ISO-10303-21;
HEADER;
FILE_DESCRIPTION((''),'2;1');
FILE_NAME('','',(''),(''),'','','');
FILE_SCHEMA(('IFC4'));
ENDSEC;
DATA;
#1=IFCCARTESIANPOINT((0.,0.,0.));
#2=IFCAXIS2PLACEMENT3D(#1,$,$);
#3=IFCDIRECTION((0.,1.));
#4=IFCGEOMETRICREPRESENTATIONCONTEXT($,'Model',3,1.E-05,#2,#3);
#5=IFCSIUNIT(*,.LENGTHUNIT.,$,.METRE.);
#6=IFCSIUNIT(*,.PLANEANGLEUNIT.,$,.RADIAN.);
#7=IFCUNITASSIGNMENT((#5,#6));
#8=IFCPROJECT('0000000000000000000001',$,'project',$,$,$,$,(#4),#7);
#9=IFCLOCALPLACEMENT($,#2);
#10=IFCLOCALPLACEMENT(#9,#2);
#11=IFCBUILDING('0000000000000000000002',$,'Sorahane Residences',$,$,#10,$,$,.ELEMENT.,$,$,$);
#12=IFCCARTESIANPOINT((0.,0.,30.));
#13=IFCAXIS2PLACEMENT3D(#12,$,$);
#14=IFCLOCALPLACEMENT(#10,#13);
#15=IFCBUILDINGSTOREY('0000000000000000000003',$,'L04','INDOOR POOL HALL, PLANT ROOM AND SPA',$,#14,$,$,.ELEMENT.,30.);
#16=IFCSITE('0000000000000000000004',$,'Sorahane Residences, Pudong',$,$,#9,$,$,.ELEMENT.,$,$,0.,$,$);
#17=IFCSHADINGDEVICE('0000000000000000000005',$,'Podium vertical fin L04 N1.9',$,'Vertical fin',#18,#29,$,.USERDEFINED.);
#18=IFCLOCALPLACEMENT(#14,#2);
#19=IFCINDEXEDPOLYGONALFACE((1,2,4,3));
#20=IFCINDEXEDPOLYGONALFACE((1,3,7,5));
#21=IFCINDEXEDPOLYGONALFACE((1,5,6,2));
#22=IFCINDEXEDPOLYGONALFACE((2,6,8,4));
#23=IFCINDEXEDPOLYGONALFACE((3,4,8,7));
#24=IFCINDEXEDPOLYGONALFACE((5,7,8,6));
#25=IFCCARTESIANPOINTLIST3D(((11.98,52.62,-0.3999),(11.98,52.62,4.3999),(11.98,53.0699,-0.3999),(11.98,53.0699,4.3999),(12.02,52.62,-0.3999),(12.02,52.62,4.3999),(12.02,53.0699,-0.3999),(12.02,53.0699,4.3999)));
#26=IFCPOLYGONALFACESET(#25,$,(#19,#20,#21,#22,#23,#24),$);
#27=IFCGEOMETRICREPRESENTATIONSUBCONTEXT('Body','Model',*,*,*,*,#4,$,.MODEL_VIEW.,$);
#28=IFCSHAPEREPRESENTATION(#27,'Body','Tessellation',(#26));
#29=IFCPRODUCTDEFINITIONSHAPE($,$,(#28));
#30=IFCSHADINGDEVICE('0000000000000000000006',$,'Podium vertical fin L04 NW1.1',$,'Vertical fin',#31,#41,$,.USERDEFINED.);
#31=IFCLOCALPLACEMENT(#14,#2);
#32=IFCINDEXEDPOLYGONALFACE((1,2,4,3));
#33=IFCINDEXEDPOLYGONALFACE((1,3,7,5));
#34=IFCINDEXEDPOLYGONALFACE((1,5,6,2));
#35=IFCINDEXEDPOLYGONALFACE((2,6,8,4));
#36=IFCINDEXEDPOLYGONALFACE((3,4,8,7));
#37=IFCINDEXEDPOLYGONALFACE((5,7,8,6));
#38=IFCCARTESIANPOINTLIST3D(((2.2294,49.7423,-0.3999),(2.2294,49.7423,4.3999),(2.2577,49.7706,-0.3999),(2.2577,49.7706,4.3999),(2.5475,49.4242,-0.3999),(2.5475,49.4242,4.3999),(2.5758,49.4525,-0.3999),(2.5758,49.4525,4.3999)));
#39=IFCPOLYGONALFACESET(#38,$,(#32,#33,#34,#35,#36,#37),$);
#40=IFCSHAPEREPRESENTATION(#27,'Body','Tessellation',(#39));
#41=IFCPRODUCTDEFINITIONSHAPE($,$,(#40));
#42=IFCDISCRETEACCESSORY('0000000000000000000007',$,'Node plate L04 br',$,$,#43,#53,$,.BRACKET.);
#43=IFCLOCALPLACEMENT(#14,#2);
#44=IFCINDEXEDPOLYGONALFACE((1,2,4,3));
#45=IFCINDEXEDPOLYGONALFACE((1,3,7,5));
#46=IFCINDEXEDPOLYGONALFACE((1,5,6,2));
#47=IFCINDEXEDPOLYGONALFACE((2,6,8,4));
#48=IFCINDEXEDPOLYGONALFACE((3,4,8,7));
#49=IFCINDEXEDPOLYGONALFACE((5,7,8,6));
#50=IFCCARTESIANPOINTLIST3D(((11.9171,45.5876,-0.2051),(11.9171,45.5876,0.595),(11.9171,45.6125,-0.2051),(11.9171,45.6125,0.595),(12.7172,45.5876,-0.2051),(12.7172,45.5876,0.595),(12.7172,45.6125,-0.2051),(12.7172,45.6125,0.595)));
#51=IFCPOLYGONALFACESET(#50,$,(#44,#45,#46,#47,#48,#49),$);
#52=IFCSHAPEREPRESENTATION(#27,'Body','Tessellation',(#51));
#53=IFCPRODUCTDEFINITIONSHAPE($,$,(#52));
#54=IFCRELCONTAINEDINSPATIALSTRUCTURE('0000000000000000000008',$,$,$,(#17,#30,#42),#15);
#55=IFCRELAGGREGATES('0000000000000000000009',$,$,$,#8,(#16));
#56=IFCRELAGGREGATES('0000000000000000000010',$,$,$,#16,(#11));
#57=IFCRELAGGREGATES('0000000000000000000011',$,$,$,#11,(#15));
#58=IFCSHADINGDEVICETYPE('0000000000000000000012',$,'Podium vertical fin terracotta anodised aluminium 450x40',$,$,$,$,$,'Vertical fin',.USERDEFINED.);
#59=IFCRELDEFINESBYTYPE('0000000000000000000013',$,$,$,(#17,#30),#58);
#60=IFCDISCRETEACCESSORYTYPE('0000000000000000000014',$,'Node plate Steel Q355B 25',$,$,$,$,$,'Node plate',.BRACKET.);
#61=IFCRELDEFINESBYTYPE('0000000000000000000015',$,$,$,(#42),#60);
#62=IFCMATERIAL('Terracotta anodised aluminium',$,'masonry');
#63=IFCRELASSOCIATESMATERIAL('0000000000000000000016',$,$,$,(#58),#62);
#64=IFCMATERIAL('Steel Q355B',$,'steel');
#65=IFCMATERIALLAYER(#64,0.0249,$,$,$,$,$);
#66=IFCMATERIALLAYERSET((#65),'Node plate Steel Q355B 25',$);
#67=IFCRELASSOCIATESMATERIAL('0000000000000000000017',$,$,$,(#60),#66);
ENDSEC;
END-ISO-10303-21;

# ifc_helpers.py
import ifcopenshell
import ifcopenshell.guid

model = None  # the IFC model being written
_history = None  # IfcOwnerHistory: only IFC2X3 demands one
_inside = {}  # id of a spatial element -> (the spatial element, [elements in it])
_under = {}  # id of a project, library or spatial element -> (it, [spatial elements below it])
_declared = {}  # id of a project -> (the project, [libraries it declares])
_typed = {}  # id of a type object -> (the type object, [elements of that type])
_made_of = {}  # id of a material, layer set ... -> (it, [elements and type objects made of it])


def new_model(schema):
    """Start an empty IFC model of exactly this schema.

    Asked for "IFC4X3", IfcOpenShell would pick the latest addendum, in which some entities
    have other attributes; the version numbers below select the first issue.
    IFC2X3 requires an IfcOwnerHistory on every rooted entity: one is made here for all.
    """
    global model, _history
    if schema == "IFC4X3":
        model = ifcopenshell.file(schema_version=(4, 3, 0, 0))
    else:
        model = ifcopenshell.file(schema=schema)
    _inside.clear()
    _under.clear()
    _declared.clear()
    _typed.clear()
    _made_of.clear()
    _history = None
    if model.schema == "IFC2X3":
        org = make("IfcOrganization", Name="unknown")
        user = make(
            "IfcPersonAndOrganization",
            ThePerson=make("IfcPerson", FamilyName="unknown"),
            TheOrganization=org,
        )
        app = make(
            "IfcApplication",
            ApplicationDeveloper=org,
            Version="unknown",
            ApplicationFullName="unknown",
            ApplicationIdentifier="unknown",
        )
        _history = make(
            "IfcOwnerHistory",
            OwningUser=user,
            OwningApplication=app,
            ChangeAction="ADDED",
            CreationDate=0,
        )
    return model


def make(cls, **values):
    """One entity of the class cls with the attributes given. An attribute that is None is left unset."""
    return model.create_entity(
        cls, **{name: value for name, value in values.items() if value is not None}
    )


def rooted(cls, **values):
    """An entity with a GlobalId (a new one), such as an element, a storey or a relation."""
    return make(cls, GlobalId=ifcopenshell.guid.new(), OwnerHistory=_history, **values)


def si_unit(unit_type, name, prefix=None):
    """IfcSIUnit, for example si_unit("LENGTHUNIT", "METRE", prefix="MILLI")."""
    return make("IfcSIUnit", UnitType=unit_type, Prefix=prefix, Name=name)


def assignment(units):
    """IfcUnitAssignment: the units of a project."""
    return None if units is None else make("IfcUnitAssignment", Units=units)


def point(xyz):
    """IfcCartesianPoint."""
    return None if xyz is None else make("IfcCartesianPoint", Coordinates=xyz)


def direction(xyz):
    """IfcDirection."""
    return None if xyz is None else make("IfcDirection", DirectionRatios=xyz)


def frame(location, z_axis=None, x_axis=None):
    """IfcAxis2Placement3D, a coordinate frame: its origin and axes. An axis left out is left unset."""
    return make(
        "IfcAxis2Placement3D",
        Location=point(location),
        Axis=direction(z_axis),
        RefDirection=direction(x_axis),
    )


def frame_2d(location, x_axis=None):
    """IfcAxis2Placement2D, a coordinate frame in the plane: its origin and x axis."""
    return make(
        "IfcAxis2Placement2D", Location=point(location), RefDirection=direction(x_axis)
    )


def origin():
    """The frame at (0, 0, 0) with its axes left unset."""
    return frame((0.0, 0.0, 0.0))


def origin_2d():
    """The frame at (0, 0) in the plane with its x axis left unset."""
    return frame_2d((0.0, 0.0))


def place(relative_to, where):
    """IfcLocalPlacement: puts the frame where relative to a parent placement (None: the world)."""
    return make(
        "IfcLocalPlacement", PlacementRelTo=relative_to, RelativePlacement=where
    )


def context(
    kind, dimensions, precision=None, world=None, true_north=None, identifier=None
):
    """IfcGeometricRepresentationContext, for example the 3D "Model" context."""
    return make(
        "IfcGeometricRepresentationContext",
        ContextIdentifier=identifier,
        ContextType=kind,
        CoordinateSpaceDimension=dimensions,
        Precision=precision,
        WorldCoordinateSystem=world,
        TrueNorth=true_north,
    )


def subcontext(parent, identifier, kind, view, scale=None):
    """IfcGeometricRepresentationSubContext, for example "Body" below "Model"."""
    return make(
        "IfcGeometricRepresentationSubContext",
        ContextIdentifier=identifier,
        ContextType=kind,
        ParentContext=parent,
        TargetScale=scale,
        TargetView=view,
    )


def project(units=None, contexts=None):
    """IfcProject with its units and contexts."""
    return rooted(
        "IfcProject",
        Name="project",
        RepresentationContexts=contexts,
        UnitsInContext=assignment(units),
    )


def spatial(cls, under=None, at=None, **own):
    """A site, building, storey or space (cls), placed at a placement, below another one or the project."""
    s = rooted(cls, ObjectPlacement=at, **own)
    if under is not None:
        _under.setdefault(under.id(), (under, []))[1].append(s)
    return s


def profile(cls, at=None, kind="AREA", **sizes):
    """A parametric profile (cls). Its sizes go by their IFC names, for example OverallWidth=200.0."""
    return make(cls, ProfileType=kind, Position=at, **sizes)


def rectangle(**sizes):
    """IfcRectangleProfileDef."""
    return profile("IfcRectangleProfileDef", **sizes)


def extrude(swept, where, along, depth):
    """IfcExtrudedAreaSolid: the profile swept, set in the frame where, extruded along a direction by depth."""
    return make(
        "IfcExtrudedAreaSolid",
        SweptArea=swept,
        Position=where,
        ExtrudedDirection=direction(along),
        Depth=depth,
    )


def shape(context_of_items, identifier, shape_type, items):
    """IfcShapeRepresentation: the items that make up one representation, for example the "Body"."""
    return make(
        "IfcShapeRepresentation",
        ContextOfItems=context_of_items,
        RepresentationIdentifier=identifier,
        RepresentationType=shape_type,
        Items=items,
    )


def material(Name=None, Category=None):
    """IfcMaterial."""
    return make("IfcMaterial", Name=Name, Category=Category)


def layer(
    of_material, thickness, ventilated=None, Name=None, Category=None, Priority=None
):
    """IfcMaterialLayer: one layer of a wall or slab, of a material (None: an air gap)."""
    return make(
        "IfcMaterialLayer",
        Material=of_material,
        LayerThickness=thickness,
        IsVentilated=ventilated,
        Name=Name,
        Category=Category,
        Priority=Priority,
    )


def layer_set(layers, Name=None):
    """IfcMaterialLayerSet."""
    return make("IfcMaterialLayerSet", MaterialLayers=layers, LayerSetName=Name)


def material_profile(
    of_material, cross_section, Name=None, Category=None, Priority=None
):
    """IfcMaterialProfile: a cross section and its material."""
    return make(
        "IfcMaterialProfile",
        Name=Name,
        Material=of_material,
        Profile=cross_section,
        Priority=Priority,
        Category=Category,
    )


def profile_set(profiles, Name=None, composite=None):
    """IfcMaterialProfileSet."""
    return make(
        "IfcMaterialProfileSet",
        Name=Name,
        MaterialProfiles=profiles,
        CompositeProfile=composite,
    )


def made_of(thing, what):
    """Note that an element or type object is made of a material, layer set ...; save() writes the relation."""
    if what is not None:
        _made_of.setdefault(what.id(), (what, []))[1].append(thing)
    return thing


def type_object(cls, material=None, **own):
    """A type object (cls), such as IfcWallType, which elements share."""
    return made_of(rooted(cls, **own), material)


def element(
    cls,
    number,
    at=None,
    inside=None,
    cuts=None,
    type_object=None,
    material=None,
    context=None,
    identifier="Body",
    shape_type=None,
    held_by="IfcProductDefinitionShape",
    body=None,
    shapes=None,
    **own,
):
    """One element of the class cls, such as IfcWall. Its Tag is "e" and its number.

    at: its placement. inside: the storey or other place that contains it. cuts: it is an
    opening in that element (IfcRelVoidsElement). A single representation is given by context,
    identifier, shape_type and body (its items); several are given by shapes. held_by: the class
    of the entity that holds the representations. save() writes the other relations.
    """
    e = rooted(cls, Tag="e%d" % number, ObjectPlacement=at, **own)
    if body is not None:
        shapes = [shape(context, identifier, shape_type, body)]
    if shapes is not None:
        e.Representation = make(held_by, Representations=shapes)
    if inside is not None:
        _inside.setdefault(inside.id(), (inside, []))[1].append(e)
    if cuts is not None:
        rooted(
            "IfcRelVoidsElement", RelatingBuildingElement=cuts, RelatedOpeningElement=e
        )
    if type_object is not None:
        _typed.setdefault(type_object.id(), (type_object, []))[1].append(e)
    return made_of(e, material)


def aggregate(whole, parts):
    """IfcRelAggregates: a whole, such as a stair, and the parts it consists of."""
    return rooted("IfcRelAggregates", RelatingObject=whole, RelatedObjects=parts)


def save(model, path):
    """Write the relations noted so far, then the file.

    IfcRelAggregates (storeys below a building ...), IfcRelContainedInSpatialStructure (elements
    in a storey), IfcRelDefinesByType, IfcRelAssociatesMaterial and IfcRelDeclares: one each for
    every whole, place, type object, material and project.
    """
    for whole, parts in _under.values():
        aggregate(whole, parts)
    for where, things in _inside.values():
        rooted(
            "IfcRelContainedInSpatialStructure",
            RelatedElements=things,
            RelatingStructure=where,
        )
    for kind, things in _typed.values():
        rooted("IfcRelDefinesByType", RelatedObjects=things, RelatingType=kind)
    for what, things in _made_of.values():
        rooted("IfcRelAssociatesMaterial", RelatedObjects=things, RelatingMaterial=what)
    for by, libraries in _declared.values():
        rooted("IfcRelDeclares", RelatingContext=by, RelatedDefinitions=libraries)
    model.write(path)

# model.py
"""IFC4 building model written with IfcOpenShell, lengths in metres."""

from ifc_helpers import new_model, si_unit, direction, frame, origin, origin_2d, place, context, subcontext, project, spatial, rectangle, extrude, material, layer, layer_set, material_profile, profile_set, type_object, element, save


model = new_model("IFC4")

# Units and contexts
model_context = context("Model", 3, precision=1e-05, world=origin(), true_north=direction((0.0, 1.0)))
body_context = subcontext(model_context, "Body", "Model", "MODEL_VIEW")
ifc_project = project(units=[si_unit("LENGTHUNIT", "METRE"), si_unit("PLANEANGLEUNIT", "RADIAN")], contexts=[model_context])

# Site, building, storey
site_placement = place(None, origin())
site = spatial("IfcSite", under=ifc_project, at=site_placement, Name="Sorahane Residences, Pudong", CompositionType="ELEMENT", RefElevation=0.0)
building_placement = place(site_placement, origin())
building = spatial("IfcBuilding", under=site, at=building_placement, Name="Sorahane Residences", CompositionType="ELEMENT")
storey_placement = place(building_placement, frame((0.0, 0.0, 30.0)))
storey = spatial("IfcBuildingStorey", under=building, at=storey_placement, Name="L04", Description="INDOOR POOL HALL, PLANT ROOM AND SPA", CompositionType="ELEMENT", Elevation=30.0)

# Shading devices
ifc_material_1 = material(Name="Terracotta anodised aluminium", Category="masonry")
ifc_material_profile_1 = material_profile(ifc_material_1, rectangle(XDim=0.45, YDim=0.04, at=origin_2d()), Name="Podium vertical fin terracotta anodised aluminium 450x40")
ifc_profile_set_1 = profile_set([ifc_material_profile_1], Name="Terracotta anodised aluminium")
shading_device_type = type_object("IfcShadingDeviceType", Name="Podium vertical fin terracotta anodised aluminium 450x40", ElementType="Vertical fin", PredefinedType="USERDEFINED", material=ifc_profile_set_1)
for number, where, z_axis, x_axis, name in (
    (1, (12.0, 52.845, -0.3999), (0.0, 0.0, 1.0), (0.0, 1.0, 0.0), "Podium vertical fin L04 N1.9"),
    (2, (2.4026, 49.5974, -0.3999), (0.0, 0.0, 1.0), (-0.707107, 0.707107, 0.0), "Podium vertical fin L04 NW1.1"),
):
    element("IfcShadingDevice", number, at=place(storey_placement, frame(where, z_axis=z_axis, x_axis=x_axis)), inside=storey, type_object=shading_device_type, Name=name, ObjectType="Vertical fin", PredefinedType="USERDEFINED", context=body_context, shape_type="SweptSolid", body=[
        extrude(rectangle(XDim=0.45, YDim=0.04, at=origin_2d()), origin(), (0.0, 0.0, 1.0), 4.7998),
    ])

# Discrete accessory
ifc_material_2 = material(Name="Steel Q355B", Category="steel")
ifc_layer_1 = layer(ifc_material_2, 0.0249)
ifc_layer_set_1 = layer_set([ifc_layer_1], Name="Node plate Steel Q355B 25")
discrete_accessory_type = type_object("IfcDiscreteAccessoryType", Name="Node plate Steel Q355B 25", ElementType="Node plate", PredefinedType="BRACKET", material=ifc_layer_set_1)
discrete_accessory_placement = place(storey_placement, frame((12.3171, 45.6001, -0.2051), z_axis=(0.0, 0.0, 1.0), x_axis=(1.0, 0.0, 0.0)))
element("IfcDiscreteAccessory", 3, at=discrete_accessory_placement, inside=storey, type_object=discrete_accessory_type, Name="Node plate L04 br", PredefinedType="BRACKET", context=body_context, shape_type="SweptSolid", body=[
    extrude(rectangle(XDim=0.8, YDim=0.0249, at=origin_2d()), origin(), (0.0, 0.0, 1.0), 0.8),
])

save(model, "model.ifc")
